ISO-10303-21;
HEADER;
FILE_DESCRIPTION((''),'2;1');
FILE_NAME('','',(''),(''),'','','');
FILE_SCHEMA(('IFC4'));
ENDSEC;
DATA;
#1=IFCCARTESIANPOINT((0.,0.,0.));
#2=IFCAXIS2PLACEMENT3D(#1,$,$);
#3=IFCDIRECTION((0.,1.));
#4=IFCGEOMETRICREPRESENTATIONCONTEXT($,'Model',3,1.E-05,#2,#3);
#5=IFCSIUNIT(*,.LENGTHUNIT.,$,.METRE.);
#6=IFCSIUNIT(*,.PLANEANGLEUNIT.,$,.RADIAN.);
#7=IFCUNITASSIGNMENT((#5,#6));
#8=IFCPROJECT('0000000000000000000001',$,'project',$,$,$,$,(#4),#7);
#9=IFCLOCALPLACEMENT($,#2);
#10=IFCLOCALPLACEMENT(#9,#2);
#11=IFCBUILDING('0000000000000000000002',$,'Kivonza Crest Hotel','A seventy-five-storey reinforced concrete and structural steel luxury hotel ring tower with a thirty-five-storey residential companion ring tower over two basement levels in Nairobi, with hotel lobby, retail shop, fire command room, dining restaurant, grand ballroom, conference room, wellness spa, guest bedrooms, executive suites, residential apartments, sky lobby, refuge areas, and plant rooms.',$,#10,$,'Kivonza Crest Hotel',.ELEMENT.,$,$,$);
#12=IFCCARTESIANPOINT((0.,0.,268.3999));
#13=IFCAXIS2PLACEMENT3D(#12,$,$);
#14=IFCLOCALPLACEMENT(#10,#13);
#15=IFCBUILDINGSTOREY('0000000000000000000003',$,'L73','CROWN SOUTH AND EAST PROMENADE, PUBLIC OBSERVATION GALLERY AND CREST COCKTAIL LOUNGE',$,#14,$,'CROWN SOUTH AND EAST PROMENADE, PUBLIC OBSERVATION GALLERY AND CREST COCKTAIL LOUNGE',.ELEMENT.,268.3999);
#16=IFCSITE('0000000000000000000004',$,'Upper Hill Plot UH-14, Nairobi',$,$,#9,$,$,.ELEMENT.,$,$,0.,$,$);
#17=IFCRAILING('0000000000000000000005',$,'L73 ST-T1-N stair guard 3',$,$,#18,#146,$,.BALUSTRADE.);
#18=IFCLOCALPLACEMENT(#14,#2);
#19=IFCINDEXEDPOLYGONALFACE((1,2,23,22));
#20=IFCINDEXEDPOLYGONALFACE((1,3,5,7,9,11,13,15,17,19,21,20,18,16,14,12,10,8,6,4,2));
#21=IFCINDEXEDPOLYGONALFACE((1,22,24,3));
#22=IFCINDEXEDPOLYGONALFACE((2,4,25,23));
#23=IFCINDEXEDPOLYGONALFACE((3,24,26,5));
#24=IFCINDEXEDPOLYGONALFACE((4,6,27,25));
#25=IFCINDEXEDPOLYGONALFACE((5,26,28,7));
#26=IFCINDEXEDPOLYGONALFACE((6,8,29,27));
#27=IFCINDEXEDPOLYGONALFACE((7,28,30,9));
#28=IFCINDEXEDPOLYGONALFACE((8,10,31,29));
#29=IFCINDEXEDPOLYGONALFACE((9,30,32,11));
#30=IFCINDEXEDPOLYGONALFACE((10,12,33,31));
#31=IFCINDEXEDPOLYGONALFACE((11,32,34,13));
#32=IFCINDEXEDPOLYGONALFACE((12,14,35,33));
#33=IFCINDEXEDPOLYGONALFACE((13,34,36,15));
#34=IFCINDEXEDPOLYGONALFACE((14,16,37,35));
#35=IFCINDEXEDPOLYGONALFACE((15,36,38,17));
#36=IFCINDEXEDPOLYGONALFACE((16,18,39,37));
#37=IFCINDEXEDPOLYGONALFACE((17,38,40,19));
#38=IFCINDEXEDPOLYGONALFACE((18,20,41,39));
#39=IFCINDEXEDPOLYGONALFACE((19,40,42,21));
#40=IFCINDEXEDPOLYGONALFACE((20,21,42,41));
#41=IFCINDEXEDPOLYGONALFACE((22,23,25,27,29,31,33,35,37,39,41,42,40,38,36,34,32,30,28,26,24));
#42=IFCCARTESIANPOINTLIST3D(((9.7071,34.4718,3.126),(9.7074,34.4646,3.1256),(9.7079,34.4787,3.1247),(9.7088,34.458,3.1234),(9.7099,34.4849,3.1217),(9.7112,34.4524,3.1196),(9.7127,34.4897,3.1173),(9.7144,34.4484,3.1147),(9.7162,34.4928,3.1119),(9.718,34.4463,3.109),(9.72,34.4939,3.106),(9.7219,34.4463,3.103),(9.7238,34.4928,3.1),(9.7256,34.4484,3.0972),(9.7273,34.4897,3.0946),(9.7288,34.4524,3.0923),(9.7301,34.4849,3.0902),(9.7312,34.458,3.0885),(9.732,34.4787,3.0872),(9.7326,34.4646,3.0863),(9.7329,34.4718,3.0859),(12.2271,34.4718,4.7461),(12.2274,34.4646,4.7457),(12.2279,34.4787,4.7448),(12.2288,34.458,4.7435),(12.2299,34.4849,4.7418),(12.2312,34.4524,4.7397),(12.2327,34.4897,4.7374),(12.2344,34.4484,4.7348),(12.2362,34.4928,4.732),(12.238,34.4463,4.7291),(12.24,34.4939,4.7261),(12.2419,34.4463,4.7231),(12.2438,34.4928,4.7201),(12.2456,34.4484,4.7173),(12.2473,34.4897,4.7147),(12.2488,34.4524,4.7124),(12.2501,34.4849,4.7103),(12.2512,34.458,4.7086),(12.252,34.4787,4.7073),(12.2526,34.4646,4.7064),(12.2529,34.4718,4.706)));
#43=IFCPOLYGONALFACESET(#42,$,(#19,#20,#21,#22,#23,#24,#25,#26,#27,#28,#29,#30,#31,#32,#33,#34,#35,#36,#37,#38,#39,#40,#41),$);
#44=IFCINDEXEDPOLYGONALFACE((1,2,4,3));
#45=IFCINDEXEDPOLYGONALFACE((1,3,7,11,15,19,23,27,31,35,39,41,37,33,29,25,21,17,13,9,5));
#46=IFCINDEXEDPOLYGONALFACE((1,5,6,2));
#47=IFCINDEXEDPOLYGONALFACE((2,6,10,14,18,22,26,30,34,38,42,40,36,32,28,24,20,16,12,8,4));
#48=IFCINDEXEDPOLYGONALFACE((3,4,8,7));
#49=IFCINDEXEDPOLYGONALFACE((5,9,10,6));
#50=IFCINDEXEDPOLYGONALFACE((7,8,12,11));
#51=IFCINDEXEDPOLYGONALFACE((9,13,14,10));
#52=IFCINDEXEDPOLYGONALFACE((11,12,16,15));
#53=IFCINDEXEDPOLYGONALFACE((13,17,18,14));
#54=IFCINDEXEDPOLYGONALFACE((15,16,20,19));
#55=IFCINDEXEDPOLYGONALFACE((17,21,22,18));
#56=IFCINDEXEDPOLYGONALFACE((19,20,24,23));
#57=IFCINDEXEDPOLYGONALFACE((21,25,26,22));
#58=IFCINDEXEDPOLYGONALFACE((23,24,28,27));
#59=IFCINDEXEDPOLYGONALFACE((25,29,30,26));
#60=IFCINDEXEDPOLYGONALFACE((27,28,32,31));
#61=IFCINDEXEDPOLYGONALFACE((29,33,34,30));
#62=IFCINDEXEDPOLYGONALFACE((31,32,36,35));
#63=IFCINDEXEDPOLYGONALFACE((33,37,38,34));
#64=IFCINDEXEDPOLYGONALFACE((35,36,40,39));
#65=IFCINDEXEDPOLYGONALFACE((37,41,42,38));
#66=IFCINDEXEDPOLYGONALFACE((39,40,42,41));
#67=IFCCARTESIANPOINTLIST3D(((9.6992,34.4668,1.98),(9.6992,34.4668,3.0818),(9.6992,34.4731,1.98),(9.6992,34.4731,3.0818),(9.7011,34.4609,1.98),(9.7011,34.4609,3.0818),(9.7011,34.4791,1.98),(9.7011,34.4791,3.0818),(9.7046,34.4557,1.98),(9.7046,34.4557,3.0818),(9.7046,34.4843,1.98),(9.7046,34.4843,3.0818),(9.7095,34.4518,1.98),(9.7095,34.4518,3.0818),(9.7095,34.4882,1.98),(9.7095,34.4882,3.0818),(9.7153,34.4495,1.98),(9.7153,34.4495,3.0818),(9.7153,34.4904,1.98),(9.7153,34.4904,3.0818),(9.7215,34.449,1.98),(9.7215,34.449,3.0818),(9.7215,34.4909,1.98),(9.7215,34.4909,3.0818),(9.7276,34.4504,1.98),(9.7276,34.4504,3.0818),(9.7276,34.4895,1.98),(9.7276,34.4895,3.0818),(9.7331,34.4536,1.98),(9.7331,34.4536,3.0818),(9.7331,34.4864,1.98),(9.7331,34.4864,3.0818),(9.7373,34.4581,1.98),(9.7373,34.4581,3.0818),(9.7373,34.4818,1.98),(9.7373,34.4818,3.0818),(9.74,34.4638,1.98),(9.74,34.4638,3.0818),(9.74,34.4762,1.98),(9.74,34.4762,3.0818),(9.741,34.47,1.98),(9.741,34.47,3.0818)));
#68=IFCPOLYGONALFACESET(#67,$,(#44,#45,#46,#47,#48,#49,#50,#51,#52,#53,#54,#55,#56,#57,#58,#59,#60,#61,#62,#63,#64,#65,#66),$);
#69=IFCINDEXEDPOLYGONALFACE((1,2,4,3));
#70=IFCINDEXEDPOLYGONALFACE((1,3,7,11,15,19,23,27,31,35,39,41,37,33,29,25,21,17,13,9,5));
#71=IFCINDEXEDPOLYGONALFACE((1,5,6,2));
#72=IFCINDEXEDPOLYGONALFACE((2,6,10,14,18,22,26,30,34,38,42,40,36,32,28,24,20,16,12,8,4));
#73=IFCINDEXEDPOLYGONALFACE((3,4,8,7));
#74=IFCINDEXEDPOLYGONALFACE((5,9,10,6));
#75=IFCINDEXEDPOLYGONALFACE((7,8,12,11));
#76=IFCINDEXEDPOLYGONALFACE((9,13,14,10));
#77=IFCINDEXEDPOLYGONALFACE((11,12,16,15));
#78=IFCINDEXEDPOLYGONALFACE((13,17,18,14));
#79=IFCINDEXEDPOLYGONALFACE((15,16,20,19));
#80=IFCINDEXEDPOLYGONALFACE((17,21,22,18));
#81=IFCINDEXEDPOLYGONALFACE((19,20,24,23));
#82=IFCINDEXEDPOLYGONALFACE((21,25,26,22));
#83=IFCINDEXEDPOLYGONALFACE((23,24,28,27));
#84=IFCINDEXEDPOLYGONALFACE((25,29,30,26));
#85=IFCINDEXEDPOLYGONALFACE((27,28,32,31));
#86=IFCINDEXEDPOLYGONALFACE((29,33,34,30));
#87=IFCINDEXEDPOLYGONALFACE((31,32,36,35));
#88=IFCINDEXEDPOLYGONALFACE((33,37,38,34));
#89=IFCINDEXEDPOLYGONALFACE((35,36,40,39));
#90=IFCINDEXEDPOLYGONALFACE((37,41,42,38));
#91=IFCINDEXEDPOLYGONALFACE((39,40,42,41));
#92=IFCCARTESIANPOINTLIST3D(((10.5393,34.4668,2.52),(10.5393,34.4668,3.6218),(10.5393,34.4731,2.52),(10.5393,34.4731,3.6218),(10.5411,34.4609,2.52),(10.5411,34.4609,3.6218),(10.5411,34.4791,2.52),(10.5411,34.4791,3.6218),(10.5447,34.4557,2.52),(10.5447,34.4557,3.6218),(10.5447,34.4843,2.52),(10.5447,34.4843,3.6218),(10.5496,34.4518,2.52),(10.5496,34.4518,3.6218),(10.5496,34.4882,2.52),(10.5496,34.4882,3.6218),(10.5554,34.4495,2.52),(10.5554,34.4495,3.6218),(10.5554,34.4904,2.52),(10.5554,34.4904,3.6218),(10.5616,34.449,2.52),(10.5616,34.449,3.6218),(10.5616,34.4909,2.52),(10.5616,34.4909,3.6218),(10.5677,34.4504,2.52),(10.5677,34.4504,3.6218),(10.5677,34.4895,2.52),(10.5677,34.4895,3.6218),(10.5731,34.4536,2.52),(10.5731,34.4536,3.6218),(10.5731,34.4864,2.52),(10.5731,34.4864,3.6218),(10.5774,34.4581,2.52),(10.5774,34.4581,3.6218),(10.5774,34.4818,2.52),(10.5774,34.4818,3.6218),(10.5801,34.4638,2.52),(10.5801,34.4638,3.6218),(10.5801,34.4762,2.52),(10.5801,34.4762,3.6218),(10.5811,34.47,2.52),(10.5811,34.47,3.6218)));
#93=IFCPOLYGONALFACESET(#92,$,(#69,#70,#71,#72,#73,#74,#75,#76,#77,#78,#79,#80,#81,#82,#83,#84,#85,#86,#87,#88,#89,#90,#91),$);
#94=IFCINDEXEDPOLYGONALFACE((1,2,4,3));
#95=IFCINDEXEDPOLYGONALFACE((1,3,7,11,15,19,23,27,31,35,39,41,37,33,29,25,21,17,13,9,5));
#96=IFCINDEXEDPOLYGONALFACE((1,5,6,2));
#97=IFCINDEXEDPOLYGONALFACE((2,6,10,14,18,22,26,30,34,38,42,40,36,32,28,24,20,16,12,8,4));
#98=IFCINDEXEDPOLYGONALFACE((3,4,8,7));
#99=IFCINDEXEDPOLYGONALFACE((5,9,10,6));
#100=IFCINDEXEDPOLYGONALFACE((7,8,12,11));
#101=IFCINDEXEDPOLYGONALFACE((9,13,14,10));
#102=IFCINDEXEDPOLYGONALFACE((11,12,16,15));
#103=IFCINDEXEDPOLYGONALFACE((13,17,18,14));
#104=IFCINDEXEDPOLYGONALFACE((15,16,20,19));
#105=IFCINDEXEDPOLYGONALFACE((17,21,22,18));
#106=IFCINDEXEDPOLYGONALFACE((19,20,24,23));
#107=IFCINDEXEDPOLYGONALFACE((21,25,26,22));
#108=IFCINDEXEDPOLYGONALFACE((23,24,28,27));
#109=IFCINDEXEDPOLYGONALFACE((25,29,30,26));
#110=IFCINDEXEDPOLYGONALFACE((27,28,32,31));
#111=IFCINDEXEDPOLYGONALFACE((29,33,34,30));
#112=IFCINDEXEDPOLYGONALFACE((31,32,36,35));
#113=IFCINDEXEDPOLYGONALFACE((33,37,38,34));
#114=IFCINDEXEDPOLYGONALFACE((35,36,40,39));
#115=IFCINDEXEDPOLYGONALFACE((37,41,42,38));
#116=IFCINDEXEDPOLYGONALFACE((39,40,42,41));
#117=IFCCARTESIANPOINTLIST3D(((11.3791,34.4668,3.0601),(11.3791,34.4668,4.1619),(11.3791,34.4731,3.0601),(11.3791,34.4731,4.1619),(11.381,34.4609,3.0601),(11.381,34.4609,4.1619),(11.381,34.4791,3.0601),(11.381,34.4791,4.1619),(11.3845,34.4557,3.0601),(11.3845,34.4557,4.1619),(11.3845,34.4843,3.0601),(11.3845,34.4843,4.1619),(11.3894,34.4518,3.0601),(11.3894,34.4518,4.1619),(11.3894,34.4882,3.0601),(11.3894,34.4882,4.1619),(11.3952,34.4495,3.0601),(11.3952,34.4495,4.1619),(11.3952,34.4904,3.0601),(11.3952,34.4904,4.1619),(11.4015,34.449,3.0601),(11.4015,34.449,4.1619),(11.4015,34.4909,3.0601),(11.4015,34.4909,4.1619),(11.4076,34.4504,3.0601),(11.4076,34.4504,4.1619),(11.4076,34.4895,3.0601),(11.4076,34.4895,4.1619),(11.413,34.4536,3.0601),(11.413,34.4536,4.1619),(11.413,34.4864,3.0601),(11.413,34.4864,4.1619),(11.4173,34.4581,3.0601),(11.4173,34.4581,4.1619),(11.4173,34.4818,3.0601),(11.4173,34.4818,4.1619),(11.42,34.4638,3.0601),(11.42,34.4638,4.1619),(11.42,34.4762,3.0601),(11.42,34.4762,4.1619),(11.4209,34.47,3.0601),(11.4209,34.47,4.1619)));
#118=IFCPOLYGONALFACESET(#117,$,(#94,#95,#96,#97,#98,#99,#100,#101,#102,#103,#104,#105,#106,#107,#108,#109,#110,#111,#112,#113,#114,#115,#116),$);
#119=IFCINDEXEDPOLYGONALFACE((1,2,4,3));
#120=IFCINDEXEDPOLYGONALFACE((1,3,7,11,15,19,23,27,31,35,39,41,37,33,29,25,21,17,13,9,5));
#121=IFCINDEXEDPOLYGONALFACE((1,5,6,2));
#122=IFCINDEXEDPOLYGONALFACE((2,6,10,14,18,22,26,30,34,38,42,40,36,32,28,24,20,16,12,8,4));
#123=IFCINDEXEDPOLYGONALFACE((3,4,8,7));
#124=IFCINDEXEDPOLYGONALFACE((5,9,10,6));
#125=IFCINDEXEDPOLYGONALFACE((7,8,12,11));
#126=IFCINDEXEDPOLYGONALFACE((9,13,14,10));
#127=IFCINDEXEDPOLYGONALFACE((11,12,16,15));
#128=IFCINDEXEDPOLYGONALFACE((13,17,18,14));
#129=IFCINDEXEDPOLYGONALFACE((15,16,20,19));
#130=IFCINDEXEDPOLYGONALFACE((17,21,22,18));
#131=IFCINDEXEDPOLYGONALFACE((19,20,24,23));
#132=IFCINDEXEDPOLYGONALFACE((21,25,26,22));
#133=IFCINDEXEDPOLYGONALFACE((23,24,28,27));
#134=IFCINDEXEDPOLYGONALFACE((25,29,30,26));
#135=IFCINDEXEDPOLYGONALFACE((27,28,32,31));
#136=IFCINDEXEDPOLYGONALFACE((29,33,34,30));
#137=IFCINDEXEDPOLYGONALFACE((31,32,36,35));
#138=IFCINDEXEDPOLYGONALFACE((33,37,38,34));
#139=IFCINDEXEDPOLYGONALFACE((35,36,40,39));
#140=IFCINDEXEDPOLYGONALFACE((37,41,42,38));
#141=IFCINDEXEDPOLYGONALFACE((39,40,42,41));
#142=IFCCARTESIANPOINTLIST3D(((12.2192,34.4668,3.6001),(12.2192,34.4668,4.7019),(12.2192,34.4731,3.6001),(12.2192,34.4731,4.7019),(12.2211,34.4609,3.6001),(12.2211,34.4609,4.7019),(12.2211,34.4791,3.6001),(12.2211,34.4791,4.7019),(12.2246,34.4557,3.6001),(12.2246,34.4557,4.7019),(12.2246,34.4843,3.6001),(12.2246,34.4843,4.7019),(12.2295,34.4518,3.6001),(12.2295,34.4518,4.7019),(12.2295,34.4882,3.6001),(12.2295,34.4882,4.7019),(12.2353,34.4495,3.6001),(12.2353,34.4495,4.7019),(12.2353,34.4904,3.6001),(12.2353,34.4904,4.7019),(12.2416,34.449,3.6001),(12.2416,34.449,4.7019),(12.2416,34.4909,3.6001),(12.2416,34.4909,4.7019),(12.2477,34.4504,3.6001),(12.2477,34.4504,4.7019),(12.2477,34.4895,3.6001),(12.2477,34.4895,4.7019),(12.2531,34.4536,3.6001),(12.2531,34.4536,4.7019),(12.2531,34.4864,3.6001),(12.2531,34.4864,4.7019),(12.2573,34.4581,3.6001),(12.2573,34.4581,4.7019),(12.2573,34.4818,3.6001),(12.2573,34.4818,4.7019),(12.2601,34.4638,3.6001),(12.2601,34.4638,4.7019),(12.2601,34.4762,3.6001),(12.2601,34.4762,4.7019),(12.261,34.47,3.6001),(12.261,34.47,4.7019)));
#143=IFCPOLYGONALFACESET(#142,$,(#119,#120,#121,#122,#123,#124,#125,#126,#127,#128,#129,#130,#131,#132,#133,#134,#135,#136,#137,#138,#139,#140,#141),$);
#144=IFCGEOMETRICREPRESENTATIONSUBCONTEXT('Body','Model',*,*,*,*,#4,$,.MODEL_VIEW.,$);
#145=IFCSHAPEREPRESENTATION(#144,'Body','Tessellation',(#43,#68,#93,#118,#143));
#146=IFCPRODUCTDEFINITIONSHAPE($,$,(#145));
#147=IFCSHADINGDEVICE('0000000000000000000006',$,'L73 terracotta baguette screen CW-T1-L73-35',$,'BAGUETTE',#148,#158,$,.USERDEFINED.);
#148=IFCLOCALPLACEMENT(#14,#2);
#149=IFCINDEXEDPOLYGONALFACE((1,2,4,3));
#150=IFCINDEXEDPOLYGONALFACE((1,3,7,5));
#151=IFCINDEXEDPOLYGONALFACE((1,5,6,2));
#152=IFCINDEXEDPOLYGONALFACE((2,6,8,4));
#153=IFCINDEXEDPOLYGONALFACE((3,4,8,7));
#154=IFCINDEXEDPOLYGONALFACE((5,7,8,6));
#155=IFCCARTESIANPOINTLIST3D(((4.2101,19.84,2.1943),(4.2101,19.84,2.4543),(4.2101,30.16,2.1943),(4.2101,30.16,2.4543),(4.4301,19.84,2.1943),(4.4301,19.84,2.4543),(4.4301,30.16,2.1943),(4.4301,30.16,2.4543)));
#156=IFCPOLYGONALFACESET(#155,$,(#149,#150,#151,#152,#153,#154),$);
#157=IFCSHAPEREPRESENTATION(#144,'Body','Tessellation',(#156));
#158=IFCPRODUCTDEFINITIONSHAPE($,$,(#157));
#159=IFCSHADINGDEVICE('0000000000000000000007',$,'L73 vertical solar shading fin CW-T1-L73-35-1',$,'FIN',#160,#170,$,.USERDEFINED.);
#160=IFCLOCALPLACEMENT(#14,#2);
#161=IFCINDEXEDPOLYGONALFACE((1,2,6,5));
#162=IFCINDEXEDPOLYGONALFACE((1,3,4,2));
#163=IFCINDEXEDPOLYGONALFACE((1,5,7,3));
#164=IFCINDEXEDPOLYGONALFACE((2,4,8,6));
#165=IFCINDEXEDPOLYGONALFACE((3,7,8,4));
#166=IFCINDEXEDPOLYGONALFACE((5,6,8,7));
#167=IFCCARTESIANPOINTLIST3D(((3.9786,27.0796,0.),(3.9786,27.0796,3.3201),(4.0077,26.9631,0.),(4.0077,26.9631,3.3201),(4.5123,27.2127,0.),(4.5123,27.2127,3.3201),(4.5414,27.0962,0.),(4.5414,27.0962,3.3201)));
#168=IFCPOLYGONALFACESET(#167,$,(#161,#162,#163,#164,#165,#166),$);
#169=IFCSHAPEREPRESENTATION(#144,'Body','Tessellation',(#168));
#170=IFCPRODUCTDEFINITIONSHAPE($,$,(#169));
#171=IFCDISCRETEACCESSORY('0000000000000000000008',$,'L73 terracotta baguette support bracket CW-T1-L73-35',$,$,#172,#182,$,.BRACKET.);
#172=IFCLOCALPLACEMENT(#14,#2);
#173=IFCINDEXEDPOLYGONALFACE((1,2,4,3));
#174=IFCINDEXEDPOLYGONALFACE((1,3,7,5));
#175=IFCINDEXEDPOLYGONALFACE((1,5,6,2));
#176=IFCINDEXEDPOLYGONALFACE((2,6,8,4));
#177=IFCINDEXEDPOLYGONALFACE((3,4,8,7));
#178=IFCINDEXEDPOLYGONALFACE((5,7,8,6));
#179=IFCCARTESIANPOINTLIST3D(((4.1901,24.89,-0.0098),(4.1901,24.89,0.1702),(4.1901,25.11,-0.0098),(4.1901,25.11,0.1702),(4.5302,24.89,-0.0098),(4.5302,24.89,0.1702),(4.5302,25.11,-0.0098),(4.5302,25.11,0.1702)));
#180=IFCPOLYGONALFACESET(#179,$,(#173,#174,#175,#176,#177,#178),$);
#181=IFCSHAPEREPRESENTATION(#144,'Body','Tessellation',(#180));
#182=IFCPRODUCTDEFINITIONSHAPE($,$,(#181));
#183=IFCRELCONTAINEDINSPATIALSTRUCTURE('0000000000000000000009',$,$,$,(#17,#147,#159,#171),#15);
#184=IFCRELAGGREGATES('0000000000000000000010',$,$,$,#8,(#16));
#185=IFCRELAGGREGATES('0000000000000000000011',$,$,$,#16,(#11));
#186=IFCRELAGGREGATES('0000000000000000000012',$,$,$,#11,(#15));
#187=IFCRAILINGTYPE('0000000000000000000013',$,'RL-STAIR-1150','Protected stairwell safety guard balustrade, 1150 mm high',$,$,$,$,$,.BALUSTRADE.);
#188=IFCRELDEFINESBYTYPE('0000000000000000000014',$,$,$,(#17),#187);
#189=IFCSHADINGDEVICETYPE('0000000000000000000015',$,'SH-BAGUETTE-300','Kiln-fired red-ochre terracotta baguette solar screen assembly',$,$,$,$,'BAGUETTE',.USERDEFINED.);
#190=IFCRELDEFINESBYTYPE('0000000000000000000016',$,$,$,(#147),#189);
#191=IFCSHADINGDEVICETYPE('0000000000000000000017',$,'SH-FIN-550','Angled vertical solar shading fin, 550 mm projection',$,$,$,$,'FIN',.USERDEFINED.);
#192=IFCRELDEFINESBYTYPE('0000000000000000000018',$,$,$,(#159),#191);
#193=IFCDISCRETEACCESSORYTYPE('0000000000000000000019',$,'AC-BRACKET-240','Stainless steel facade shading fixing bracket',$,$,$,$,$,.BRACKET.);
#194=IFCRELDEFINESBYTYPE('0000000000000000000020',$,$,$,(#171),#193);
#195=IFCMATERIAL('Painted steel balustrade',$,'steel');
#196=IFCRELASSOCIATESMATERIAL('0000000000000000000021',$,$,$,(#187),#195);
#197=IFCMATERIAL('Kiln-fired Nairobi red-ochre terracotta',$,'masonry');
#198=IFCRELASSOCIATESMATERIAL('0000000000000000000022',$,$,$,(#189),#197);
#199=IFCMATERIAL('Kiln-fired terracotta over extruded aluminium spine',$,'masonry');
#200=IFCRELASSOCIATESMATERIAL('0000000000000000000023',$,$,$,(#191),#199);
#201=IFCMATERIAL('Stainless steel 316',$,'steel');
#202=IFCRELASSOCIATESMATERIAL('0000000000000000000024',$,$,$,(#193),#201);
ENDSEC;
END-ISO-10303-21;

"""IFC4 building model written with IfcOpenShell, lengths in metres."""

from ifc_helpers import new_model, si_unit, direction, frame, origin, origin_2d, place, context, subcontext, project, spatial, rectangle, circle, extrude, material, type_object, element, save


model = new_model("IFC4")

# Units and contexts
model_context = context("Model", 3, precision=1e-05, world=origin(), true_north=direction((0.0, 1.0)))
body_context = subcontext(model_context, "Body", "Model", "MODEL_VIEW")
ifc_project = project(units=[si_unit("LENGTHUNIT", "METRE"), si_unit("PLANEANGLEUNIT", "RADIAN")], contexts=[model_context])

# Site, building, storey
site_placement = place(None, origin())
site = spatial("IfcSite", under=ifc_project, at=site_placement, Name="Upper Hill Plot UH-14, Nairobi", CompositionType="ELEMENT", RefElevation=0.0)
building_placement = place(site_placement, origin())
building = spatial("IfcBuilding", under=site, at=building_placement, Name="Kivonza Crest Hotel", Description="A seventy-five-storey reinforced concrete and structural steel luxury hotel ring tower with a thirty-five-storey residential companion ring tower over two basement levels in Nairobi, with hotel lobby, retail shop, fire command room, dining restaurant, grand ballroom, conference room, wellness spa, guest bedrooms, executive suites, residential apartments, sky lobby, refuge areas, and plant rooms.", LongName="Kivonza Crest Hotel", CompositionType="ELEMENT")
storey_placement = place(building_placement, frame((0.0, 0.0, 268.3999)))
storey = spatial("IfcBuildingStorey", under=building, at=storey_placement, Name="L73", Description="CROWN SOUTH AND EAST PROMENADE, PUBLIC OBSERVATION GALLERY AND CREST COCKTAIL LOUNGE", LongName="CROWN SOUTH AND EAST PROMENADE, PUBLIC OBSERVATION GALLERY AND CREST COCKTAIL LOUNGE", CompositionType="ELEMENT", Elevation=268.3999)

# Railing
ifc_material_1 = material(Name="Painted steel balustrade", Category="steel")
railing_type_1 = type_object("IfcRailingType", Name="RL-STAIR-1150", Description="Protected stairwell safety guard balustrade, 1150 mm high", PredefinedType="BALUSTRADE", material=ifc_material_1)
railing_1_placement = place(storey_placement, frame((9.72, 34.47, 1.98)))
element("IfcRailing", 1, at=railing_1_placement, inside=storey, type_object=railing_type_1, Name="L73 ST-T1-N stair guard 3", PredefinedType="BALUSTRADE", context=body_context, shape_type="SweptSolid", body=[
    extrude(circle(Radius=0.0239, at=origin_2d()), frame((0.0, 0.0, 1.126), z_axis=(0.841163, 0.0, 0.540782), x_axis=(0.0, 1.0, 0.0)), (0.0, 0.0, 1.0), 2.9958),
    extrude(circle(Radius=0.021, at=origin_2d()), origin(), (0.0, 0.0, 1.0), 1.1018),
    extrude(circle(Radius=0.021, at=origin_2d()), frame((0.8401, 0.0, 0.54)), (0.0, 0.0, 1.0), 1.1018),
    extrude(circle(Radius=0.021, at=origin_2d()), frame((1.6799, 0.0, 1.0801)), (0.0, 0.0, 1.0), 1.1018),
    extrude(circle(Radius=0.021, at=origin_2d()), frame((2.52, 0.0, 1.6201)), (0.0, 0.0, 1.0), 1.1018),
])

# Shading devices
ifc_material_2 = material(Name="Kiln-fired Nairobi red-ochre terracotta", Category="masonry")
shading_device_type_1 = type_object("IfcShadingDeviceType", Name="SH-BAGUETTE-300", Description="Kiln-fired red-ochre terracotta baguette solar screen assembly", ElementType="BAGUETTE", PredefinedType="USERDEFINED", material=ifc_material_2)
shading_device_1_placement = place(storey_placement, frame((4.3201, 25.0, 2.1943), z_axis=(0.0, 0.0, 1.0), x_axis=(0.0, -1.0, 0.0)))
element("IfcShadingDevice", 2, at=shading_device_1_placement, inside=storey, type_object=shading_device_type_1, Name="L73 terracotta baguette screen CW-T1-L73-35", ObjectType="BAGUETTE", PredefinedType="USERDEFINED", context=body_context, shape_type="SweptSolid", body=[
    extrude(rectangle(XDim=10.3201, YDim=0.22, at=origin_2d()), origin(), (0.0, 0.0, 1.0), 0.26),
])
ifc_material_3 = material(Name="Kiln-fired terracotta over extruded aluminium spine", Category="masonry")
shading_device_type_2 = type_object("IfcShadingDeviceType", Name="SH-FIN-550", Description="Angled vertical solar shading fin, 550 mm projection", ElementType="FIN", PredefinedType="USERDEFINED", material=ifc_material_3)
shading_device_2_placement = place(storey_placement, frame((4.26, 27.0879, 0.0), z_axis=(0.0, 0.0, 1.0), x_axis=(0.241922, -0.970296, 0.0)))
element("IfcShadingDevice", 3, at=shading_device_2_placement, inside=storey, type_object=shading_device_type_2, Name="L73 vertical solar shading fin CW-T1-L73-35-1", ObjectType="FIN", PredefinedType="USERDEFINED", context=body_context, shape_type="SweptSolid", body=[
    extrude(rectangle(XDim=0.1201, YDim=0.55, at=origin_2d()), origin(), (0.0, 0.0, 1.0), 3.3201),
])

# Discrete accessory
ifc_material_4 = material(Name="Stainless steel 316", Category="steel")
discrete_accessory_type = type_object("IfcDiscreteAccessoryType", Name="AC-BRACKET-240", Description="Stainless steel facade shading fixing bracket", PredefinedType="BRACKET", material=ifc_material_4)
discrete_accessory_placement = place(storey_placement, frame((4.3601, 25.0, -0.0098), z_axis=(0.0, 0.0, 1.0), x_axis=(0.0, -1.0, 0.0)))
element("IfcDiscreteAccessory", 4, at=discrete_accessory_placement, inside=storey, type_object=discrete_accessory_type, Name="L73 terracotta baguette support bracket CW-T1-L73-35", PredefinedType="BRACKET", context=body_context, shape_type="SweptSolid", body=[
    extrude(rectangle(XDim=0.22, YDim=0.3401, at=origin_2d()), origin(), (0.0, 0.0, 1.0), 0.1799),
])

save(model, "model.ifc")
